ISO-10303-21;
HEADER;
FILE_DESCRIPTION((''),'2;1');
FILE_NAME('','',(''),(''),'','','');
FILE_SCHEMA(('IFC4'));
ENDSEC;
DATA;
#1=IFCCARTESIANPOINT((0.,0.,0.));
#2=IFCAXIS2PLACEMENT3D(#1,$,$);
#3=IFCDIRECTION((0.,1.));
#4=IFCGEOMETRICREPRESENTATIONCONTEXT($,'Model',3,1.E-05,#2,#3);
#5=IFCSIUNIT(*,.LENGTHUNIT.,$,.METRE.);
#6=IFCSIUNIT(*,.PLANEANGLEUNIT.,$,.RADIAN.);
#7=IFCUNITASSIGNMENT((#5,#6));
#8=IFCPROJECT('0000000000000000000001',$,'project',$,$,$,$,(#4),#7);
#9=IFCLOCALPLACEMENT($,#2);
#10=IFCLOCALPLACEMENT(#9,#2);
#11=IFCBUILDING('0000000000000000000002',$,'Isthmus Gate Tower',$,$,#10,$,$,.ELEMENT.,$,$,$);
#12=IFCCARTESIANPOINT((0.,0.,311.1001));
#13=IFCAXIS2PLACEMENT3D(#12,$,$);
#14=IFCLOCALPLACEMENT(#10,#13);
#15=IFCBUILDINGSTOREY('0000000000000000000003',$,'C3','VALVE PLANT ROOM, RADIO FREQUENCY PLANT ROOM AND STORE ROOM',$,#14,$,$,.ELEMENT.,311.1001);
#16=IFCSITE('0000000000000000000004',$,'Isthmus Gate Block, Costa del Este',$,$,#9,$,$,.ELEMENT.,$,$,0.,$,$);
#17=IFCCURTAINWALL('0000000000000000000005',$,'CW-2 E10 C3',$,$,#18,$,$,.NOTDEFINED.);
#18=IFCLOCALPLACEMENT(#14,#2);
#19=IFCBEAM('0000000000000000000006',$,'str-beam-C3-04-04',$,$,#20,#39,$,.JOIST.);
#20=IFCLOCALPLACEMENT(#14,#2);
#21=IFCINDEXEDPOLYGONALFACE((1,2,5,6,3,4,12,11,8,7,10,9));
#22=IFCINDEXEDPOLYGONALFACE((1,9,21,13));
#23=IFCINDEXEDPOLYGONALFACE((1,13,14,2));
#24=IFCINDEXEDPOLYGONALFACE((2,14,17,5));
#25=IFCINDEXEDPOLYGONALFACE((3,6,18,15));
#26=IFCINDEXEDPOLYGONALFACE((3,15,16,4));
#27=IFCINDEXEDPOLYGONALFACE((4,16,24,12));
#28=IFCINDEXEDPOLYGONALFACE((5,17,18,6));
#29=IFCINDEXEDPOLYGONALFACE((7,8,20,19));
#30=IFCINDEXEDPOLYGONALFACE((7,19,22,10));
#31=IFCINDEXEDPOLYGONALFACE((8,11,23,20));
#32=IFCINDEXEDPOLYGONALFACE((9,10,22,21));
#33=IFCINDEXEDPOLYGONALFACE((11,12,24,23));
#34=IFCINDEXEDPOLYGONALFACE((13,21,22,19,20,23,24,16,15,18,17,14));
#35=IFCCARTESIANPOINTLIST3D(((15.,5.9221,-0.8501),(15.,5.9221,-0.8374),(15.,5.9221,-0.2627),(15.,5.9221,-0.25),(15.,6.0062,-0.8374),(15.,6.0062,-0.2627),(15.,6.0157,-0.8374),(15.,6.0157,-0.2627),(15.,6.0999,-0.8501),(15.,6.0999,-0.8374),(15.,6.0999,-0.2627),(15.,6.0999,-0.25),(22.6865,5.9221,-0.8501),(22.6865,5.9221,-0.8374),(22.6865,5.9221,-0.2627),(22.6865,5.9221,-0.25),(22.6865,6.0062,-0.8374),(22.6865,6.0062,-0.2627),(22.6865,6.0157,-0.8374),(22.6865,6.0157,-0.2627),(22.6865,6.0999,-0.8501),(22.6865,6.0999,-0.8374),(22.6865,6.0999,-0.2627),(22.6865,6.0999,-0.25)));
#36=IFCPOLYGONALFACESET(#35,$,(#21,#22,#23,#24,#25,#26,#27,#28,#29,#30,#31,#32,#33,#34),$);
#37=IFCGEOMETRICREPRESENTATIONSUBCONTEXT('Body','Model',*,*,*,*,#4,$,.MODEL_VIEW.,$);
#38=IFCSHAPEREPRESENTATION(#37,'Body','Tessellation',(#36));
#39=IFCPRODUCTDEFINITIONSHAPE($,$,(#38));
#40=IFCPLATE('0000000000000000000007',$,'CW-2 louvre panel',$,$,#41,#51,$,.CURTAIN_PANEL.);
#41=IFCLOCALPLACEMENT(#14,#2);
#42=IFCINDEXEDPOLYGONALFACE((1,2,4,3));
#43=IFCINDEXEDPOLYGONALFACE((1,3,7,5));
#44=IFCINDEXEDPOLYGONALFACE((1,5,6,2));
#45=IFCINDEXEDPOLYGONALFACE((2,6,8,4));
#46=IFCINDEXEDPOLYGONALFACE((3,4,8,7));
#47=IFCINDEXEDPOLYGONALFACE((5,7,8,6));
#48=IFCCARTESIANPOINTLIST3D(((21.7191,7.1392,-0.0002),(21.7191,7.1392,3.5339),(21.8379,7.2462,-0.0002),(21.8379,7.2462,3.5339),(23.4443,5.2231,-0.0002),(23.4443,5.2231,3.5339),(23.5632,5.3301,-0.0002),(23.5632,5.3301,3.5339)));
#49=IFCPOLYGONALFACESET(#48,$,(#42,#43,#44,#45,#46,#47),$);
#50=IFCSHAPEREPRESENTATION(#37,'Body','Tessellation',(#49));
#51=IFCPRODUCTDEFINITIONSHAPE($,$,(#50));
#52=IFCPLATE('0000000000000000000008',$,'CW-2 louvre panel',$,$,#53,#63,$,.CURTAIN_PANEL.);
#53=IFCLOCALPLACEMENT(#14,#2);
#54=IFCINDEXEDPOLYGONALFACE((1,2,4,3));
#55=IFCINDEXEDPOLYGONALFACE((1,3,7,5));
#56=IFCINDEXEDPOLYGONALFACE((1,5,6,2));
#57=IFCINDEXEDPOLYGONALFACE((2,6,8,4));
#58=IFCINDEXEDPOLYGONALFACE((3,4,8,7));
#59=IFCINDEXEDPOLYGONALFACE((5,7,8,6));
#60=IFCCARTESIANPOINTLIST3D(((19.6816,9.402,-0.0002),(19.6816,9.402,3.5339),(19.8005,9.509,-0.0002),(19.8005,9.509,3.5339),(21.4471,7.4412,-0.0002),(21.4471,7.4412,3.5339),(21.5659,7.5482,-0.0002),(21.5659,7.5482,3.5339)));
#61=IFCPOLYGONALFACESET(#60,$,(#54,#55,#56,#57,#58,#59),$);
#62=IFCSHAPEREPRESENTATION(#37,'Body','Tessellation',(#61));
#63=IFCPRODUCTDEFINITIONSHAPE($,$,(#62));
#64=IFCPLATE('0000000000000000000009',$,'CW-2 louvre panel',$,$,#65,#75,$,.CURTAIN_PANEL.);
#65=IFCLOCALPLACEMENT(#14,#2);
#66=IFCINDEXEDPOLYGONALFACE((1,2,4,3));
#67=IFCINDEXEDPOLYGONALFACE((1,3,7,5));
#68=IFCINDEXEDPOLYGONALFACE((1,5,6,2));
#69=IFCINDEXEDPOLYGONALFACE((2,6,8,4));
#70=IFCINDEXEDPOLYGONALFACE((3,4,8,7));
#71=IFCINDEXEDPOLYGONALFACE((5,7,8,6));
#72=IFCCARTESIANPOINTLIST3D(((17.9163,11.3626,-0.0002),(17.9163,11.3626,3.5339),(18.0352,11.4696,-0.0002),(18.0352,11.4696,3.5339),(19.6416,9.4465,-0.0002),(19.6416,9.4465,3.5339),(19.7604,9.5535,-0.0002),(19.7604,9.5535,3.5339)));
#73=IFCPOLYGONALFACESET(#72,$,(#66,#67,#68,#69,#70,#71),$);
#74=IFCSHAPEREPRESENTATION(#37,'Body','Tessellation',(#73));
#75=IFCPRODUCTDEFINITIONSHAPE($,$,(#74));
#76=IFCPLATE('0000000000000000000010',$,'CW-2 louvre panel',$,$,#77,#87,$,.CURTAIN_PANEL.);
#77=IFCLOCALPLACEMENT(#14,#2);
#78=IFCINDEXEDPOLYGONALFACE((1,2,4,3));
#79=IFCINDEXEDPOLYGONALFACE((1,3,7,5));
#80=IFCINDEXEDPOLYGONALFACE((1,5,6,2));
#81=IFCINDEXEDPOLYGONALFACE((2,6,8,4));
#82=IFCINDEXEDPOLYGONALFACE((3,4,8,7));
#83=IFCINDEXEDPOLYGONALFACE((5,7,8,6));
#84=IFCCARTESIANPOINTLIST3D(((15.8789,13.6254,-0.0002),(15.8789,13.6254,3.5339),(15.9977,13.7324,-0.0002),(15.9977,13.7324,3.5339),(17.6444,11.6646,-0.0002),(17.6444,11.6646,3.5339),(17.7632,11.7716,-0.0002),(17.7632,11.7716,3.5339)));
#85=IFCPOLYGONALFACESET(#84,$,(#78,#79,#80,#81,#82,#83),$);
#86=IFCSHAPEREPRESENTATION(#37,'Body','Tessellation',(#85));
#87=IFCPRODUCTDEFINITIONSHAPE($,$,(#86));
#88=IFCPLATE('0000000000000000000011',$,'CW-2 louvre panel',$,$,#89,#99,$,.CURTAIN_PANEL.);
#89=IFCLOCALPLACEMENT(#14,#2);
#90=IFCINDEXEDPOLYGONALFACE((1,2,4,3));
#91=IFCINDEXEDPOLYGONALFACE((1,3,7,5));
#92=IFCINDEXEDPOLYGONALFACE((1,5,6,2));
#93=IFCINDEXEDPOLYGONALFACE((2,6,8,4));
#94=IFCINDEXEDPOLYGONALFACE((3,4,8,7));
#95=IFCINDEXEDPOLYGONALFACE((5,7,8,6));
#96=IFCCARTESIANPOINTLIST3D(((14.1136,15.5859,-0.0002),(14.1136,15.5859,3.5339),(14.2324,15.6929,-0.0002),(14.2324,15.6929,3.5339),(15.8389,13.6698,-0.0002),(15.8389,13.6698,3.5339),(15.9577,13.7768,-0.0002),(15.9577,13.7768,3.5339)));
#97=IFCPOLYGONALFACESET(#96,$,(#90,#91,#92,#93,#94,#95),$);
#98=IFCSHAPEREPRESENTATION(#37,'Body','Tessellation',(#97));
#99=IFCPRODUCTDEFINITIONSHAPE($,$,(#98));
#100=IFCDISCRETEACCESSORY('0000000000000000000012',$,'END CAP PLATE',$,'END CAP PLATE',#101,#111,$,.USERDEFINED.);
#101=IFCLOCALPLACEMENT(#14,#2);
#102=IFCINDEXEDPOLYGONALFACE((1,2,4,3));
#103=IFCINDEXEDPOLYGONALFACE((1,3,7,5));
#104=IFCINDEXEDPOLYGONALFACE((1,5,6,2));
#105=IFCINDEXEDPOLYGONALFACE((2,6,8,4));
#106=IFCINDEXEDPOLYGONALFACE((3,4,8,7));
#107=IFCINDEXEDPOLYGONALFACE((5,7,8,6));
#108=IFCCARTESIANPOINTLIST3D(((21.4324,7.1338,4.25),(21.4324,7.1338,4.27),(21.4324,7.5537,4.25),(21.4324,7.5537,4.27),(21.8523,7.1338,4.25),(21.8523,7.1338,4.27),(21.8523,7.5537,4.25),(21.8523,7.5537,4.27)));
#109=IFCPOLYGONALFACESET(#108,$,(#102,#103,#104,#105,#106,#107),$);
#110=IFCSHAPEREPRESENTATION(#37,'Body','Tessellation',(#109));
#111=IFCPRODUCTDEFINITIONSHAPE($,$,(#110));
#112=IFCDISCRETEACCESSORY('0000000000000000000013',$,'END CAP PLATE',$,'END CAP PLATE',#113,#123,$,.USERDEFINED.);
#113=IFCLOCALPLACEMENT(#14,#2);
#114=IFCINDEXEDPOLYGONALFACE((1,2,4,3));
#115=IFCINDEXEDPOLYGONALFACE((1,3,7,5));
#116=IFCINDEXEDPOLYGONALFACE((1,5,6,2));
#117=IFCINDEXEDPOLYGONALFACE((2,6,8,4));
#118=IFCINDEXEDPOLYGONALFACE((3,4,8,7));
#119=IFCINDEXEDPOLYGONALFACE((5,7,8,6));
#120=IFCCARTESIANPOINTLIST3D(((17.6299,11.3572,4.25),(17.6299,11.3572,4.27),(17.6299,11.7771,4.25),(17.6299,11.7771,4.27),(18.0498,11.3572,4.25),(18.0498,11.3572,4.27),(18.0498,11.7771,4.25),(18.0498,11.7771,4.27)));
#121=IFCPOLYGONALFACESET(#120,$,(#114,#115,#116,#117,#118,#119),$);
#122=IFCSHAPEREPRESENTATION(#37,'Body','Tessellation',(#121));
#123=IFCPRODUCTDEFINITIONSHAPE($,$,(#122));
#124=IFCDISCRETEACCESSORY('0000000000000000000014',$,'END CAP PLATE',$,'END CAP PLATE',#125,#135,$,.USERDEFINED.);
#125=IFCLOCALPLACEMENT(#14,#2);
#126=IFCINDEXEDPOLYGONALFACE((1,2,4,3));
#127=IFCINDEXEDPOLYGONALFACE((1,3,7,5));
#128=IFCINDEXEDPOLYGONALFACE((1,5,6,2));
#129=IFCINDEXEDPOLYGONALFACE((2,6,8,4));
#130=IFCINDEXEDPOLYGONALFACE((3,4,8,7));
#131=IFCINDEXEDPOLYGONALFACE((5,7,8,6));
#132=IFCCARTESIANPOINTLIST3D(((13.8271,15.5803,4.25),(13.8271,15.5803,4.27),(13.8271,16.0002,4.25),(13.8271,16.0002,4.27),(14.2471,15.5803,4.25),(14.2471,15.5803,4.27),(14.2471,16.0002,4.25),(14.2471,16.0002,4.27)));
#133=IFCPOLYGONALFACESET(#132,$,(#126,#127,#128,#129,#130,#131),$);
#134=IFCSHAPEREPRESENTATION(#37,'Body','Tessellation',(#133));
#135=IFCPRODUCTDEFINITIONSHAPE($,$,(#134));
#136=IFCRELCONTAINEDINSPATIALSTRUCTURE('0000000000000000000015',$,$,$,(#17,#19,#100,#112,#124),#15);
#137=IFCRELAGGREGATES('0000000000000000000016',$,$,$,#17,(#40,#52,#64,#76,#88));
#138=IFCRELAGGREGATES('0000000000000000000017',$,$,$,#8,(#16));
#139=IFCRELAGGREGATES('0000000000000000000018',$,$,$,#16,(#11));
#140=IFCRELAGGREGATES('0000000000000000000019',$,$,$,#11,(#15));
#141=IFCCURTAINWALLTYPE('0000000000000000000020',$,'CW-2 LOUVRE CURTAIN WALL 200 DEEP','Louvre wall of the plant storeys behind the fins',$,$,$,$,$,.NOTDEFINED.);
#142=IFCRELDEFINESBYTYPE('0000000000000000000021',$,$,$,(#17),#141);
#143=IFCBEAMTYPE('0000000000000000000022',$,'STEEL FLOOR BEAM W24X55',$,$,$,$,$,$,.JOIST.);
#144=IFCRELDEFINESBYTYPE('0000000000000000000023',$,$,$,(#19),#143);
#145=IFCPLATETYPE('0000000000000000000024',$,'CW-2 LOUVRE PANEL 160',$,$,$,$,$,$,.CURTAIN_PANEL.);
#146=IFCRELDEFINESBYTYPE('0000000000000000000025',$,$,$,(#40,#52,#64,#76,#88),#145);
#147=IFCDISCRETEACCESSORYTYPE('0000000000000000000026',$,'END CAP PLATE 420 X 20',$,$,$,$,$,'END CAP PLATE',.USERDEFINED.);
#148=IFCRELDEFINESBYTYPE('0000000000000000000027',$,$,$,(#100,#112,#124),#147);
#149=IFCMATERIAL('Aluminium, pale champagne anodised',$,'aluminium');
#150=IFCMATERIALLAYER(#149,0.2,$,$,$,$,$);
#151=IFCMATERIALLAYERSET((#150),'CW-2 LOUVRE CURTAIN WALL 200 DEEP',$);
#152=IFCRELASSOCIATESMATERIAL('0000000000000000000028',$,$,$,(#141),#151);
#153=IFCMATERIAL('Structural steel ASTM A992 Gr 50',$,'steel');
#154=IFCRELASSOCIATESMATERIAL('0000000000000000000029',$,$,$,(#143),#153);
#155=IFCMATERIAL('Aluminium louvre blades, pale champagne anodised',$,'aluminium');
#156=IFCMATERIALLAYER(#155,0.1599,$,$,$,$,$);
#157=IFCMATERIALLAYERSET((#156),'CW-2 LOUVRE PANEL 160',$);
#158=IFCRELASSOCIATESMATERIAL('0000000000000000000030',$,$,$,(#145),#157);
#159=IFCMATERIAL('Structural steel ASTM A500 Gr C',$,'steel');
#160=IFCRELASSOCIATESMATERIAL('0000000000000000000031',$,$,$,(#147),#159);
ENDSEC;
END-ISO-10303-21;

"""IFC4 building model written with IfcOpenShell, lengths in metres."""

from ifc_helpers import new_model, si_unit, direction, frame, origin, origin_2d, place, context, subcontext, project, spatial, rectangle, i_section, extrude, material, layer, layer_set, material_profile, profile_set, type_object, element, aggregate, save


model = new_model("IFC4")

# Units and contexts
model_context = context("Model", 3, precision=1e-05, world=origin(), true_north=direction((0.0, 1.0)))
body_context = subcontext(model_context, "Body", "Model", "MODEL_VIEW")
ifc_project = project(units=[si_unit("LENGTHUNIT", "METRE"), si_unit("PLANEANGLEUNIT", "RADIAN")], contexts=[model_context])

# Site, building, storey
site_placement = place(None, origin())
site = spatial("IfcSite", under=ifc_project, at=site_placement, Name="Isthmus Gate Block, Costa del Este", CompositionType="ELEMENT", RefElevation=0.0)
building_placement = place(site_placement, origin())
building = spatial("IfcBuilding", under=site, at=building_placement, Name="Isthmus Gate Tower", CompositionType="ELEMENT")
storey_placement = place(building_placement, frame((0.0, 0.0, 311.1001)))
storey = spatial("IfcBuildingStorey", under=building, at=storey_placement, Name="C3", Description="VALVE PLANT ROOM, RADIO FREQUENCY PLANT ROOM AND STORE ROOM", CompositionType="ELEMENT", Elevation=311.1001)

# Curtain wall
ifc_material_1 = material(Name="Aluminium, pale champagne anodised", Category="aluminium")
ifc_layer_1 = layer(ifc_material_1, 0.2)
ifc_layer_set_1 = layer_set([ifc_layer_1], Name="CW-2 LOUVRE CURTAIN WALL 200 DEEP")
curtain_wall_type = type_object("IfcCurtainWallType", Name="CW-2 LOUVRE CURTAIN WALL 200 DEEP", Description="Louvre wall of the plant storeys behind the fins", PredefinedType="NOTDEFINED", material=ifc_layer_set_1)
curtain_wall_placement = place(storey_placement, origin())
curtain_wall = element("IfcCurtainWall", 1, at=curtain_wall_placement, inside=storey, type_object=curtain_wall_type, Name="CW-2 E10 C3", PredefinedType="NOTDEFINED")

# Beam
ifc_material_2 = material(Name="Structural steel ASTM A992 Gr 50", Category="steel")
ifc_material_profile_1 = material_profile(ifc_material_2, i_section(OverallWidth=0.1777, OverallDepth=0.6001, WebThickness=0.0095, FlangeThickness=0.0127, at=origin_2d()), Name="W24X55")
ifc_profile_set_1 = profile_set([ifc_material_profile_1], Name="Structural steel ASTM A992 Gr 50")
beam_type_1 = type_object("IfcBeamType", Name="STEEL FLOOR BEAM W24X55", PredefinedType="JOIST", material=ifc_profile_set_1)
beam_1_placement = place(storey_placement, frame((15.0, 6.011, -0.55), z_axis=(1.0, 0.0, 0.0), x_axis=(0.0, 1.0, 0.0)))
element("IfcBeam", 2, at=beam_1_placement, inside=storey, type_object=beam_type_1, Name="str-beam-C3-04-04", PredefinedType="JOIST", context=body_context, shape_type="SweptSolid", body=[
    extrude(i_section(OverallWidth=0.1777, OverallDepth=0.6001, WebThickness=0.0095, FlangeThickness=0.0127, at=origin_2d()), origin(), (0.0, 0.0, 1.0), 7.6865),
])

# Plates
ifc_material_3 = material(Name="Aluminium louvre blades, pale champagne anodised", Category="aluminium")
ifc_layer_2 = layer(ifc_material_3, 0.1599)
ifc_layer_set_2 = layer_set([ifc_layer_2], Name="CW-2 LOUVRE PANEL 160")
plate_type = type_object("IfcPlateType", Name="CW-2 LOUVRE PANEL 160", PredefinedType="CURTAIN_PANEL", material=ifc_layer_set_2)
plate_1_placement = place(storey_placement, frame((22.6411, 6.2346, -0.0002), z_axis=(0.0, 0.0, 1.0), x_axis=(-0.669131, 0.743145, 0.0)))
plate_1 = element("IfcPlate", 3, at=plate_1_placement, type_object=plate_type, Name="CW-2 louvre panel", PredefinedType="CURTAIN_PANEL", context=body_context, shape_type="SweptSolid", body=[
    extrude(rectangle(XDim=2.5784, YDim=0.1599, at=origin_2d()), origin(), (0.0, 0.0, 1.0), 3.5342),
])
plate_2_placement = place(storey_placement, frame((20.6238, 8.4751, -0.0002), z_axis=(0.0, 0.0, 1.0), x_axis=(-0.669131, 0.743145, 0.0)))
plate_2 = element("IfcPlate", 4, at=plate_2_placement, type_object=plate_type, Name="CW-2 louvre panel", PredefinedType="CURTAIN_PANEL", context=body_context, shape_type="SweptSolid", body=[
    extrude(rectangle(XDim=2.6384, YDim=0.1599, at=origin_2d()), origin(), (0.0, 0.0, 1.0), 3.5342),
])
plate_3_placement = place(storey_placement, frame((18.8384, 10.458, -0.0002), z_axis=(0.0, 0.0, 1.0), x_axis=(-0.669131, 0.743145, 0.0)))
plate_3 = element("IfcPlate", 5, at=plate_3_placement, type_object=plate_type, Name="CW-2 louvre panel", PredefinedType="CURTAIN_PANEL", context=body_context, shape_type="SweptSolid", body=[
    extrude(rectangle(XDim=2.5784, YDim=0.1599, at=origin_2d()), origin(), (0.0, 0.0, 1.0), 3.5342),
])
plate_4_placement = place(storey_placement, frame((16.821, 12.6985, -0.0002), z_axis=(0.0, 0.0, 1.0), x_axis=(-0.669131, 0.743145, 0.0)))
plate_4 = element("IfcPlate", 6, at=plate_4_placement, type_object=plate_type, Name="CW-2 louvre panel", PredefinedType="CURTAIN_PANEL", context=body_context, shape_type="SweptSolid", body=[
    extrude(rectangle(XDim=2.6384, YDim=0.1599, at=origin_2d()), origin(), (0.0, 0.0, 1.0), 3.5342),
])
plate_5_placement = place(storey_placement, frame((15.0356, 14.6814, -0.0002), z_axis=(0.0, 0.0, 1.0), x_axis=(-0.669131, 0.743145, 0.0)))
plate_5 = element("IfcPlate", 7, at=plate_5_placement, type_object=plate_type, Name="CW-2 louvre panel", PredefinedType="CURTAIN_PANEL", context=body_context, shape_type="SweptSolid", body=[
    extrude(rectangle(XDim=2.5784, YDim=0.1599, at=origin_2d()), origin(), (0.0, 0.0, 1.0), 3.5342),
])
aggregate(curtain_wall, [plate_1, plate_2, plate_3, plate_4, plate_5])

# Discrete accessories
ifc_material_4 = material(Name="Structural steel ASTM A500 Gr C", Category="steel")
discrete_accessory_type = type_object("IfcDiscreteAccessoryType", Name="END CAP PLATE 420 X 20", ElementType="END CAP PLATE", PredefinedType="USERDEFINED", material=ifc_material_4)
for number, where, z_axis, x_axis, name in (
    (8, (21.6423, 7.3438, 4.25), (0.0, 0.0, 1.0), (1.0, 0.0, 0.0), "END CAP PLATE"),
    (9, (17.8398, 11.5671, 4.25), (0.0, 0.0, 1.0), (1.0, 0.0, 0.0), "END CAP PLATE"),
    (10, (14.0371, 15.7903, 4.25), (0.0, 0.0, 1.0), (1.0, 0.0, 0.0), "END CAP PLATE"),
):
    element("IfcDiscreteAccessory", number, at=place(storey_placement, frame(where, z_axis=z_axis, x_axis=x_axis)), inside=storey, type_object=discrete_accessory_type, Name=name, ObjectType="END CAP PLATE", PredefinedType="USERDEFINED", context=body_context, shape_type="SweptSolid", body=[
        extrude(rectangle(XDim=0.4199, YDim=0.4199, at=origin_2d()), origin(), (0.0, 0.0, 1.0), 0.02),
    ])

save(model, "model.ifc")
